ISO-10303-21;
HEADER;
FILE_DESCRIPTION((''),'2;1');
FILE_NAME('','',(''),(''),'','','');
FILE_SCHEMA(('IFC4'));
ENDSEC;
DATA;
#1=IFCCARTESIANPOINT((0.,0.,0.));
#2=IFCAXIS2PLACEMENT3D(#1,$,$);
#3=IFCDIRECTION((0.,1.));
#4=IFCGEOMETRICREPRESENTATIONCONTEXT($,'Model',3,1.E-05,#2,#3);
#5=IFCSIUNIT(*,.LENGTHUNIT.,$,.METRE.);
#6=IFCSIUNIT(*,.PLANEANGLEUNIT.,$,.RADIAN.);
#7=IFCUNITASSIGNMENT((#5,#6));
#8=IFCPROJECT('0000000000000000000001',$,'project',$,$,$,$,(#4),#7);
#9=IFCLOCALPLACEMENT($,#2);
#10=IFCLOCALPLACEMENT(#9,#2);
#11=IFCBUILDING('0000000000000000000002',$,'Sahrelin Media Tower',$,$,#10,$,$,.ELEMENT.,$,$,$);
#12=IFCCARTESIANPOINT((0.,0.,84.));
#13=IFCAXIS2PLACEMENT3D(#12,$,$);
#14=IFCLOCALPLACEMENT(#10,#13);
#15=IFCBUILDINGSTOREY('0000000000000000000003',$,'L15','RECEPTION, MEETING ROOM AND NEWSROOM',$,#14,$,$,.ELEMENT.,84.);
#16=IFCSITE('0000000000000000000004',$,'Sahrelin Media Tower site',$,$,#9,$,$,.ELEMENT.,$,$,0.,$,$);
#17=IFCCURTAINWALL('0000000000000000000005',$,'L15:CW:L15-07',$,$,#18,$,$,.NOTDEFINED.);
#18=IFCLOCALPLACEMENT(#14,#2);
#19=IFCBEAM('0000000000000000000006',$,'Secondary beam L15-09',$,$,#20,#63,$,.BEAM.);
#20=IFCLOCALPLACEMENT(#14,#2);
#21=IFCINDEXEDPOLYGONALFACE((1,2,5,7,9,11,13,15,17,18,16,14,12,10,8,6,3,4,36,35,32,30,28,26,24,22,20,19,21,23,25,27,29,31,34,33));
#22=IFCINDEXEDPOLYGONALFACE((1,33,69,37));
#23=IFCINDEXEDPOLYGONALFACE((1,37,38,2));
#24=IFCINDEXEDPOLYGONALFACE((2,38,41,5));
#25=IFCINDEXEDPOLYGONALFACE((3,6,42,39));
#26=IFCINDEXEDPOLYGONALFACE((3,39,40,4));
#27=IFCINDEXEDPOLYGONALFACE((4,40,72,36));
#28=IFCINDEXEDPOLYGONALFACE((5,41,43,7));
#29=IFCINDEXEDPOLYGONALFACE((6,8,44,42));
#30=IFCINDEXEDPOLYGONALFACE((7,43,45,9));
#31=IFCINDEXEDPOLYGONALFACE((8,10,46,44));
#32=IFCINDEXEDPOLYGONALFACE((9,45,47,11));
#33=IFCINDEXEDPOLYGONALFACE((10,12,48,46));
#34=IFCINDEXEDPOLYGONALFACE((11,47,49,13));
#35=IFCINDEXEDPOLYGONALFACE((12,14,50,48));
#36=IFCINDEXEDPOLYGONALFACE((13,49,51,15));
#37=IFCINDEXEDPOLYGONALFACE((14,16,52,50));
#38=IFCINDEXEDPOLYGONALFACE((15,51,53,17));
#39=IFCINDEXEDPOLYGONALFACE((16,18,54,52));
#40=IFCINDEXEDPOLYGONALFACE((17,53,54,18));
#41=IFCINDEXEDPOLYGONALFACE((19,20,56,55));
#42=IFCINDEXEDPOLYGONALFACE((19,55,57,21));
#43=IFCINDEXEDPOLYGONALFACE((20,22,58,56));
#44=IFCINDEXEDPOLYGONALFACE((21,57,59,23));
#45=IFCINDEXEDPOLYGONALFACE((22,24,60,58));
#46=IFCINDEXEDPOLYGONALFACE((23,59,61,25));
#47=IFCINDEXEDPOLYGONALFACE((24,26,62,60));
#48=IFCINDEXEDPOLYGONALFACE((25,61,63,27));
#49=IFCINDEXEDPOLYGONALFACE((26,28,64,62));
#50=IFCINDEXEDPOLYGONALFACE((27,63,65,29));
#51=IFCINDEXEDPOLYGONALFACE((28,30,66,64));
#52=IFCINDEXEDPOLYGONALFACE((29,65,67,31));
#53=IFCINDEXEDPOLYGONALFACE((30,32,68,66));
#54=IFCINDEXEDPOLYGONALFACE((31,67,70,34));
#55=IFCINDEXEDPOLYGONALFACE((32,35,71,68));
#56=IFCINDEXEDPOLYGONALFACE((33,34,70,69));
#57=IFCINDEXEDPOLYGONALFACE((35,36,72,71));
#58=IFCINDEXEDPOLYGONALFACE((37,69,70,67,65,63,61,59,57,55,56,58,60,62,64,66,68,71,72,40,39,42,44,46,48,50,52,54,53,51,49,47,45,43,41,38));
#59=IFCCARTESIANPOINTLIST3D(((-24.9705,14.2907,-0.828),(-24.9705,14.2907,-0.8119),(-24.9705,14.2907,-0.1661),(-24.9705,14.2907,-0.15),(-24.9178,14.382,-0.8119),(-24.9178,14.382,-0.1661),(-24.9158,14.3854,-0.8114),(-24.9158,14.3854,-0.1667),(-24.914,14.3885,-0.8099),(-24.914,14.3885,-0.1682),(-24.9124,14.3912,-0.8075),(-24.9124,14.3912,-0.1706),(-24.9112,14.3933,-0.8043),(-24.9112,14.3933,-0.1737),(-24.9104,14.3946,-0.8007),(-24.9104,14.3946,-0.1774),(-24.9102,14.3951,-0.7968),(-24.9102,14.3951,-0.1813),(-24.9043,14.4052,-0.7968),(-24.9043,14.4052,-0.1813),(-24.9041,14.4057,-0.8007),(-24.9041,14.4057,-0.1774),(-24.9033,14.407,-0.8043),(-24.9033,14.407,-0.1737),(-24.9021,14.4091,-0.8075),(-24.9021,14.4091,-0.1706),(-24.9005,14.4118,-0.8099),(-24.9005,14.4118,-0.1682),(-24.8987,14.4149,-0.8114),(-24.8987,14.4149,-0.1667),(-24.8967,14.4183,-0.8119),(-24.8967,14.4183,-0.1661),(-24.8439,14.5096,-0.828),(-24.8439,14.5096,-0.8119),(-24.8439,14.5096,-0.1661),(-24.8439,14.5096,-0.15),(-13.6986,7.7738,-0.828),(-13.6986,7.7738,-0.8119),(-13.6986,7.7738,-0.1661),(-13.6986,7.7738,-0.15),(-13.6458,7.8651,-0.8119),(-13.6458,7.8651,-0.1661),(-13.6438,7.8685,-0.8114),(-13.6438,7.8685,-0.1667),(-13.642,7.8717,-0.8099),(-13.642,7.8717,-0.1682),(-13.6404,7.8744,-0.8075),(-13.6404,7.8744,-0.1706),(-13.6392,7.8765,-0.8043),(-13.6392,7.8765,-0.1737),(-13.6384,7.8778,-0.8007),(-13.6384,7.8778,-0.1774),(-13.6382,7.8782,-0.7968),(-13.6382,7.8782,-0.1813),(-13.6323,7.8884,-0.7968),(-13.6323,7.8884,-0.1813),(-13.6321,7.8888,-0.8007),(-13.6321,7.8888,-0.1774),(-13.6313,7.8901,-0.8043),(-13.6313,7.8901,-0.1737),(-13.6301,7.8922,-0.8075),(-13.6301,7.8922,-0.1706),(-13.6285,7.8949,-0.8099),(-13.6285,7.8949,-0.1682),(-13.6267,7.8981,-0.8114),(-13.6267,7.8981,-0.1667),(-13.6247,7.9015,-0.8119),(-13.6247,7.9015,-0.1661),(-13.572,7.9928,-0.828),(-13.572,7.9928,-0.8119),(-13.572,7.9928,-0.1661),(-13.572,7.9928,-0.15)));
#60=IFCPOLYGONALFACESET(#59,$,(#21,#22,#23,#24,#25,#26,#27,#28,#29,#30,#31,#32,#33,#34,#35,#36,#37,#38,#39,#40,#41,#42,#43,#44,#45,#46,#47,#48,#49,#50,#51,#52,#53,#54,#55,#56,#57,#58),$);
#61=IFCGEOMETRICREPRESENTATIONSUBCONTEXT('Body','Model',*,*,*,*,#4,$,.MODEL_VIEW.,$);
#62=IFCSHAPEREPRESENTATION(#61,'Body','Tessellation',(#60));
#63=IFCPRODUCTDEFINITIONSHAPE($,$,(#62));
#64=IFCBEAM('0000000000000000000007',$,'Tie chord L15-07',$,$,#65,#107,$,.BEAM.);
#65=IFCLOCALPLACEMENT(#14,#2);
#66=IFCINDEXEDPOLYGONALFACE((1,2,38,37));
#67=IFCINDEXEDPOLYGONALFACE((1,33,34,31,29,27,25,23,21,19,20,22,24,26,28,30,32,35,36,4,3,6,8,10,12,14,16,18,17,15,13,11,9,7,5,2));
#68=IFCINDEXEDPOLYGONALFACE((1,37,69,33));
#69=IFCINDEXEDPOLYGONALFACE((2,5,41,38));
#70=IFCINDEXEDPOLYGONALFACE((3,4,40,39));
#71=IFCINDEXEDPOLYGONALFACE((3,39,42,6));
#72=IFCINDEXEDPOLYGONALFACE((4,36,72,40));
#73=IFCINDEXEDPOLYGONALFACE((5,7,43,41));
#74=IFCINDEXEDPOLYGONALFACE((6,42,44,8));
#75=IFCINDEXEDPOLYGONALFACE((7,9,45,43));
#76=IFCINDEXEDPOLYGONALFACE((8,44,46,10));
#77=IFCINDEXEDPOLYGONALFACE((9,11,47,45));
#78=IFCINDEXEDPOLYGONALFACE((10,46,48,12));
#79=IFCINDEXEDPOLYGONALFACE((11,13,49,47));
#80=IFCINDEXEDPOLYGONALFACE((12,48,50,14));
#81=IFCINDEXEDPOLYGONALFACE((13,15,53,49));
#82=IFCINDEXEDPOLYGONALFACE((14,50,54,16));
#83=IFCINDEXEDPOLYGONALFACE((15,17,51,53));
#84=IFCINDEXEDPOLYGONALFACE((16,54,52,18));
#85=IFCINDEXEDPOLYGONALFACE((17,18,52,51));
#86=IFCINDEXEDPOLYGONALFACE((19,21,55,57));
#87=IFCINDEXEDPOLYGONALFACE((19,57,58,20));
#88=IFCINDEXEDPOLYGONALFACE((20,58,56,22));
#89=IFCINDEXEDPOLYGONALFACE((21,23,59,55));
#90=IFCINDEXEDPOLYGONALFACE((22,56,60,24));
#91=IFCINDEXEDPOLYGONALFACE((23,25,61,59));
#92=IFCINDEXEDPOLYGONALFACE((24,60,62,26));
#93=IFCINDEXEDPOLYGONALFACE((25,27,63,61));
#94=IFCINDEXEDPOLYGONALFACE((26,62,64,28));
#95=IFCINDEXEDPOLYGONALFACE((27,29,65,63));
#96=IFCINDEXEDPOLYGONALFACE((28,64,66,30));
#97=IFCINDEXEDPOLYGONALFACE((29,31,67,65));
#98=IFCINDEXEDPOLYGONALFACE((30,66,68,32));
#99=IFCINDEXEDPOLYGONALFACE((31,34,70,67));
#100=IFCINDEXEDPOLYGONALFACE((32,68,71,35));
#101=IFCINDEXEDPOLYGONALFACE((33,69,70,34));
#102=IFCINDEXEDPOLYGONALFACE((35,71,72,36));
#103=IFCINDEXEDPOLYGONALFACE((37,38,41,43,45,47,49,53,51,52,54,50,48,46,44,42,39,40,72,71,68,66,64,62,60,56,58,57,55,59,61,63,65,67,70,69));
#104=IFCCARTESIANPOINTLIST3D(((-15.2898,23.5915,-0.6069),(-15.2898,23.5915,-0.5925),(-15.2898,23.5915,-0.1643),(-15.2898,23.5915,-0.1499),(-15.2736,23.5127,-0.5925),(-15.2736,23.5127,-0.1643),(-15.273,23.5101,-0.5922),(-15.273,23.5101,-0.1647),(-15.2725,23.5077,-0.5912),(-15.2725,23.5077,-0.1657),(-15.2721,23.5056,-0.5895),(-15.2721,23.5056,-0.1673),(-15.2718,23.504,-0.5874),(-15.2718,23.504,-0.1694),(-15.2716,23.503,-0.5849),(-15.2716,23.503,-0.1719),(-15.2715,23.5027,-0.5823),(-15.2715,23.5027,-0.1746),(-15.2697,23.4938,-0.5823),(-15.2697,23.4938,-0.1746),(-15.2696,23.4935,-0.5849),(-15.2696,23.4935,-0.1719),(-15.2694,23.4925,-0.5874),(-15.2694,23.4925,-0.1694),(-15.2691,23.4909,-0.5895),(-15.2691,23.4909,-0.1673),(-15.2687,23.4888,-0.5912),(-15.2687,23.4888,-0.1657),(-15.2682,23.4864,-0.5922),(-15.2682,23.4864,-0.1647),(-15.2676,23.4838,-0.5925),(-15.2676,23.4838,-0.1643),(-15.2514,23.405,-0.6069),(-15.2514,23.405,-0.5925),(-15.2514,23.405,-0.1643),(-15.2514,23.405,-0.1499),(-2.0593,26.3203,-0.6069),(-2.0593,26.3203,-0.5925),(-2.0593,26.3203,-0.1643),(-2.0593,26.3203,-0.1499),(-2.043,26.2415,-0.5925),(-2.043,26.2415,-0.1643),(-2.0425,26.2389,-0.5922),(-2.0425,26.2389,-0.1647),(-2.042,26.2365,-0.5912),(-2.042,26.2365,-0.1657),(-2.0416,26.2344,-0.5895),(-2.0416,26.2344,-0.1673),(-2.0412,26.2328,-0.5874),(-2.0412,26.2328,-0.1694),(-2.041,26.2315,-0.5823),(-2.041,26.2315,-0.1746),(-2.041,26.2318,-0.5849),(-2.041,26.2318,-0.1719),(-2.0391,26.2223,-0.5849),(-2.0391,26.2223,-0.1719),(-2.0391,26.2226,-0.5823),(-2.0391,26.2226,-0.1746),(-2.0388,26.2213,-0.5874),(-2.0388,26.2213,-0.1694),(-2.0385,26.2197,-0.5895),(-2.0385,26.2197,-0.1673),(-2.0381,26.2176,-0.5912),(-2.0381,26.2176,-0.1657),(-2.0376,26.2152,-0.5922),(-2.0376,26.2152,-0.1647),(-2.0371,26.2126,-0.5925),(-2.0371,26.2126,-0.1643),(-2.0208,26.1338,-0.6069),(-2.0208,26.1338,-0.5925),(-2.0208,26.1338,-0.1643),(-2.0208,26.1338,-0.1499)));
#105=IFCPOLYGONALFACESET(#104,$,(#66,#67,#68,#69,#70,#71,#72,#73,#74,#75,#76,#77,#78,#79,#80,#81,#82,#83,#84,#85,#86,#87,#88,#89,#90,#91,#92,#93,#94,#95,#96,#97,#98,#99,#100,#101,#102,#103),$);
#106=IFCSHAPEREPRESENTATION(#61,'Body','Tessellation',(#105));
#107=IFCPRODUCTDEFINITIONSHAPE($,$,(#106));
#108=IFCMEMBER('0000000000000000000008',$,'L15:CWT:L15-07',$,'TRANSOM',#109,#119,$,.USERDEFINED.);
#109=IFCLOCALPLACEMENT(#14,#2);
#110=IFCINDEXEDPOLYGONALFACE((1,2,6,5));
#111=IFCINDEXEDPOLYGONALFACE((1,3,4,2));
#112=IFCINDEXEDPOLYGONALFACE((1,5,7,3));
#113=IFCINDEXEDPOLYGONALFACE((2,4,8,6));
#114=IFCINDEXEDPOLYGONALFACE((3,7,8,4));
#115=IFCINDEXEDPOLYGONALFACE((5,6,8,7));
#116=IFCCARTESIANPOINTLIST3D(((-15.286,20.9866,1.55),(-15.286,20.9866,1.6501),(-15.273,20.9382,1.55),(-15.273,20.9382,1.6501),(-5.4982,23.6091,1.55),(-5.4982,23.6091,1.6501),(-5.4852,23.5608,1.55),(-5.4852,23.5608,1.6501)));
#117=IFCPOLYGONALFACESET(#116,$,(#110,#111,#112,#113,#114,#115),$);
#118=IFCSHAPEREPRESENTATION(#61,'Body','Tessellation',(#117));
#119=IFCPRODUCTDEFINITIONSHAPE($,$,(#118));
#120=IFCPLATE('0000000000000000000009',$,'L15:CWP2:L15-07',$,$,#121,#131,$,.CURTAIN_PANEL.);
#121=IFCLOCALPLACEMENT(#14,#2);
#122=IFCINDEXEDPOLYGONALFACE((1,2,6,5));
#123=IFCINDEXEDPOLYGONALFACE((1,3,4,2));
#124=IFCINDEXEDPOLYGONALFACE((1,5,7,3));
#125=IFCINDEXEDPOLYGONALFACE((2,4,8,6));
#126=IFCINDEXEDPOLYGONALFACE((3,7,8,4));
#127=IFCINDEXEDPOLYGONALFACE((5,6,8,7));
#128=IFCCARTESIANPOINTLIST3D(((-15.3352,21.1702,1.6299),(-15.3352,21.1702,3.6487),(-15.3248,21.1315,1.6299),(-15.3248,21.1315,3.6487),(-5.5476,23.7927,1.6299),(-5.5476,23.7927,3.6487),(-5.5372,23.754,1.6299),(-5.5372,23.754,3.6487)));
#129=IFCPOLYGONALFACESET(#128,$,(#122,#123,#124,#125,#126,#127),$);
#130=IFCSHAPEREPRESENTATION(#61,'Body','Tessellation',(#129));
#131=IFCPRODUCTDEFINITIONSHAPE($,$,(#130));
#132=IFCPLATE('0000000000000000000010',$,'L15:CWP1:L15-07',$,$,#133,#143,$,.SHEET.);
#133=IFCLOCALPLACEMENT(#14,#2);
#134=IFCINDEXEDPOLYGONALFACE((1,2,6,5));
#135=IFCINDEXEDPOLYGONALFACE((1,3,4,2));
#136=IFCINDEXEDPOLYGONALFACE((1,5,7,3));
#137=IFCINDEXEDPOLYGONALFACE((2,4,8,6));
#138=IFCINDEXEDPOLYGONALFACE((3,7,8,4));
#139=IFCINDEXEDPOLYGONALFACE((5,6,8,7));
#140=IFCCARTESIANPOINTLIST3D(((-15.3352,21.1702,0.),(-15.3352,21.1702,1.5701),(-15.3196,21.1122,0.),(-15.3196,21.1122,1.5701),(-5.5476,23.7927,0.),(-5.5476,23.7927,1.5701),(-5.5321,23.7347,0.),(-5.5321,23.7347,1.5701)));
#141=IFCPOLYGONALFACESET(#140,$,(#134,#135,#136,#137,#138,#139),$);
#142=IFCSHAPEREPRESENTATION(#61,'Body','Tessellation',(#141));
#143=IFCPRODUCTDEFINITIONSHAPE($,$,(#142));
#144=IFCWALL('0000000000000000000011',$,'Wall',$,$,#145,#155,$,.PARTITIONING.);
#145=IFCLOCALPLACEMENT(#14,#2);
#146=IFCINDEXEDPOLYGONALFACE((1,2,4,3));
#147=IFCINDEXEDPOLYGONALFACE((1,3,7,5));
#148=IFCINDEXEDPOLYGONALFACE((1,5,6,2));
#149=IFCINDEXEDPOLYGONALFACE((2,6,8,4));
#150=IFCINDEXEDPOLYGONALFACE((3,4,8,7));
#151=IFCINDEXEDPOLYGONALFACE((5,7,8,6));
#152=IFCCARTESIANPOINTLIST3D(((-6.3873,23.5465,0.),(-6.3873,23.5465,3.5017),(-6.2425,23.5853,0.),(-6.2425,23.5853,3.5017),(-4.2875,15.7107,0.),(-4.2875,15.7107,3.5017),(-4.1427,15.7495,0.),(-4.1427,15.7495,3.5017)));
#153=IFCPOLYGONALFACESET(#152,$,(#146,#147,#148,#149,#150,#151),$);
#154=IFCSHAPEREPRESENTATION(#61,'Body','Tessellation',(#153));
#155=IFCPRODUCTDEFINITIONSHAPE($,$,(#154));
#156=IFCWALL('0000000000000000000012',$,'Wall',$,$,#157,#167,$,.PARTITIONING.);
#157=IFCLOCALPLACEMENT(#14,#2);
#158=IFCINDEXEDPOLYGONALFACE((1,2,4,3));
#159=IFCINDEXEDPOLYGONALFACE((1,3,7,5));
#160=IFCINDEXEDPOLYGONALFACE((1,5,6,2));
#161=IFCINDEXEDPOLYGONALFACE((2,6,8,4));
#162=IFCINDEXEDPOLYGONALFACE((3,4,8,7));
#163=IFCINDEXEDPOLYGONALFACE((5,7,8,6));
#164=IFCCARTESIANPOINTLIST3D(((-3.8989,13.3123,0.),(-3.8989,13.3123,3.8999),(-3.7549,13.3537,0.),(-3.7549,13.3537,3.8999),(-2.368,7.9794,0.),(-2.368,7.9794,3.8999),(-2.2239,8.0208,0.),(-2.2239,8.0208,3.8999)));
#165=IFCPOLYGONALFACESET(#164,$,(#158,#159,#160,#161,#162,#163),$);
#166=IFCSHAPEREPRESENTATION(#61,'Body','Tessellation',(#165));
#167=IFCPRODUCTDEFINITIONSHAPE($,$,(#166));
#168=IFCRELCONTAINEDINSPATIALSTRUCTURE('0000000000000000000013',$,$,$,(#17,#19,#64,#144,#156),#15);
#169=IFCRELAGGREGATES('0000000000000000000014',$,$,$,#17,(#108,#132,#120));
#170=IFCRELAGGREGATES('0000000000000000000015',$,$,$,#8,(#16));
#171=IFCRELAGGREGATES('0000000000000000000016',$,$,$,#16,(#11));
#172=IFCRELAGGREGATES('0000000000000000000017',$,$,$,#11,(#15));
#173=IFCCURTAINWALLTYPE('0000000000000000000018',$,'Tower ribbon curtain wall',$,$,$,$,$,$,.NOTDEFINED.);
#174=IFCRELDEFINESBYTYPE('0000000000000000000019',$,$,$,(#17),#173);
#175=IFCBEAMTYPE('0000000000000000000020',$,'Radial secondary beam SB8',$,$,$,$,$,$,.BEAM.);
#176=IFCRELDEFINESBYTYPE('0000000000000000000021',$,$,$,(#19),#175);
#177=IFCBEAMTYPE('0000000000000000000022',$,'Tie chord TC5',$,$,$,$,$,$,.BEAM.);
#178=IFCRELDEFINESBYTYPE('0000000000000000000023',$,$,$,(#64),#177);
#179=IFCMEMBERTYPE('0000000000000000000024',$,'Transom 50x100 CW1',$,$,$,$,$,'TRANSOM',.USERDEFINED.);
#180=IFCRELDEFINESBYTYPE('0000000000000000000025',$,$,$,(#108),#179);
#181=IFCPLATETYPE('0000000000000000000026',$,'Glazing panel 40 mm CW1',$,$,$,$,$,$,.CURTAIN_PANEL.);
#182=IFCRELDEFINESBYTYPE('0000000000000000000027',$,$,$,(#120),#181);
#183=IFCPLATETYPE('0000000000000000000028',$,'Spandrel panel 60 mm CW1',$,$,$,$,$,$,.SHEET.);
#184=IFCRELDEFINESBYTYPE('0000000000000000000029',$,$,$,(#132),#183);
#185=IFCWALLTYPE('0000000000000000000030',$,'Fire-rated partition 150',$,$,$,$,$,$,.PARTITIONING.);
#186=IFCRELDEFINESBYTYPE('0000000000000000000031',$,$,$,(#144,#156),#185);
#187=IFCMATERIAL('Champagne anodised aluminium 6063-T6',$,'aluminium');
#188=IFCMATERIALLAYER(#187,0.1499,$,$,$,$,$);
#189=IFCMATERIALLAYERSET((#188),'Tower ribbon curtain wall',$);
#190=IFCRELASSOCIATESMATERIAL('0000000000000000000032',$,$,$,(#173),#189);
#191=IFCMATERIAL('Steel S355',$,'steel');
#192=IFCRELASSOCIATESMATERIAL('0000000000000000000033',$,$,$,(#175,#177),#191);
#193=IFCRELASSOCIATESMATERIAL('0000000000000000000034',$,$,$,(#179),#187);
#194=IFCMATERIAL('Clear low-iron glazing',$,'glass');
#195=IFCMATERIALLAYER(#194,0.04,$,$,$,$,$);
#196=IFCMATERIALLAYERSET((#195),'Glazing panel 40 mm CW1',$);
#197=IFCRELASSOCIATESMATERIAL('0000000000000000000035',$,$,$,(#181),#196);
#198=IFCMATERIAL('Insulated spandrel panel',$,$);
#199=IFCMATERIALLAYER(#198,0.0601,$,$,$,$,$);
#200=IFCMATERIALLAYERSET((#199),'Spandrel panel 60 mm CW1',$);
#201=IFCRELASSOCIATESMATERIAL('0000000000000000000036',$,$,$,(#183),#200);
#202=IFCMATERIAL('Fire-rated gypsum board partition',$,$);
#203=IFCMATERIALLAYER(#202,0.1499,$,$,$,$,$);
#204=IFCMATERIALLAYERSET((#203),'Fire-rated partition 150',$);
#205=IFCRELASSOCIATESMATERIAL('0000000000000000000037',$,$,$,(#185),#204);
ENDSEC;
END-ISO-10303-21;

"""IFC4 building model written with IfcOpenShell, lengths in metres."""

from ifc_helpers import new_model, si_unit, direction, frame, frame_2d, origin, origin_2d, place, context, subcontext, project, spatial, polyline, rectangle, i_section, outline, extrude, material, layer, layer_set, material_profile, profile_set, type_object, element, aggregate, save


model = new_model("IFC4")

# Units and contexts
model_context = context("Model", 3, precision=1e-05, world=origin(), true_north=direction((0.0, 1.0)))
body_context = subcontext(model_context, "Body", "Model", "MODEL_VIEW")
ifc_project = project(units=[si_unit("LENGTHUNIT", "METRE"), si_unit("PLANEANGLEUNIT", "RADIAN")], contexts=[model_context])

# Site, building, storey
site_placement = place(None, origin())
site = spatial("IfcSite", under=ifc_project, at=site_placement, Name="Sahrelin Media Tower site", CompositionType="ELEMENT", RefElevation=0.0)
building_placement = place(site_placement, origin())
building = spatial("IfcBuilding", under=site, at=building_placement, Name="Sahrelin Media Tower", CompositionType="ELEMENT")
storey_placement = place(building_placement, frame((0.0, 0.0, 84.0)))
storey = spatial("IfcBuildingStorey", under=building, at=storey_placement, Name="L15", Description="RECEPTION, MEETING ROOM AND NEWSROOM", CompositionType="ELEMENT", Elevation=84.0)

# Shared definitions
ifc_material_1 = material(Name="Steel S355", Category="steel")

# Curtain wall
ifc_material_2 = material(Name="Champagne anodised aluminium 6063-T6", Category="aluminium")
ifc_layer_1 = layer(ifc_material_2, 0.1499)
ifc_layer_set_1 = layer_set([ifc_layer_1], Name="Tower ribbon curtain wall")
curtain_wall_type = type_object("IfcCurtainWallType", Name="Tower ribbon curtain wall", PredefinedType="NOTDEFINED", material=ifc_layer_set_1)
curtain_wall_placement = place(storey_placement, frame((-10.4363, 22.4619, 0.0), z_axis=(0.0, 0.0, 1.0), x_axis=(1.0, 0.0, 0.0)))
curtain_wall = element("IfcCurtainWall", 1, at=curtain_wall_placement, inside=storey, type_object=curtain_wall_type, Name="L15:CW:L15-07", PredefinedType="NOTDEFINED")

# Beams
ifc_material_profile_1 = material_profile(ifc_material_1, i_section(OverallWidth=0.2529, OverallDepth=0.678, WebThickness=0.0117, FlangeThickness=0.0161, FilletRadius=0.0151, at=origin_2d()), Name="UB 686x254x125")
ifc_profile_set_1 = profile_set([ifc_material_profile_1], Name="Steel S355")
beam_type_1 = type_object("IfcBeamType", Name="Radial secondary beam SB8", PredefinedType="BEAM", material=ifc_profile_set_1)
beam_1_placement = place(storey_placement, frame((-13.6353, 7.8833, -0.489), z_axis=(-0.865727, 0.500517, 0.0), x_axis=(-0.500517, -0.865727, 0.0)))
element("IfcBeam", 2, at=beam_1_placement, inside=storey, type_object=beam_type_1, Name="Secondary beam L15-09", PredefinedType="BEAM", context=body_context, shape_type="SweptSolid", body=[
    extrude(i_section(OverallWidth=0.2529, OverallDepth=0.678, WebThickness=0.0117, FlangeThickness=0.0161, FilletRadius=0.0151, at=origin_2d()), origin(), (0.0, 0.0, 1.0), 13.0203),
])
ifc_material_profile_2 = material_profile(ifc_material_1, i_section(OverallWidth=0.1904, OverallDepth=0.457, WebThickness=0.009, FlangeThickness=0.0144, FilletRadius=0.0103, at=origin_2d()), Name="UB 457x191x74")
ifc_profile_set_2 = profile_set([ifc_material_profile_2], Name="Steel S355")
beam_type_2 = type_object("IfcBeamType", Name="Tie chord TC5", PredefinedType="BEAM", material=ifc_profile_set_2)
beam_2_placement = place(storey_placement, frame((-2.04, 26.2271, -0.3784), z_axis=(-0.979386, -0.201997, 0.0), x_axis=(0.201997, -0.979386, 0.0)))
element("IfcBeam", 3, at=beam_2_placement, inside=storey, type_object=beam_type_2, Name="Tie chord L15-07", PredefinedType="BEAM", context=body_context, shape_type="SweptSolid", body=[
    extrude(i_section(OverallWidth=0.1904, OverallDepth=0.457, WebThickness=0.009, FlangeThickness=0.0144, FilletRadius=0.0103, at=origin_2d()), origin(), (0.0, 0.0, 1.0), 13.509),
])

# Member
ifc_material_profile_3 = material_profile(ifc_material_2, rectangle(XDim=0.05, YDim=0.1001, at=origin_2d()), Name="Transom 50x100")
ifc_profile_set_3 = profile_set([ifc_material_profile_3], Name="Champagne anodised aluminium 6063-T6")
member_type_1 = type_object("IfcMemberType", Name="Transom 50x100 CW1", ElementType="TRANSOM", PredefinedType="USERDEFINED", material=ifc_profile_set_3)
member_1_placement = place(storey_placement, frame((-5.4917, 23.585, 1.6001), z_axis=(-0.965928, -0.258811, 0.0), x_axis=(0.258811, -0.965928, 0.0)))
member_1 = element("IfcMember", 4, at=member_1_placement, type_object=member_type_1, Name="L15:CWT:L15-07", ObjectType="TRANSOM", PredefinedType="USERDEFINED", context=body_context, shape_type="SweptSolid", body=[
    extrude(rectangle(XDim=0.05, YDim=0.1001, at=origin_2d()), origin(), (0.0, 0.0, 1.0), 10.1331),
])

# Plates
ifc_material_3 = material(Name="Clear low-iron glazing", Category="glass")
ifc_layer_2 = layer(ifc_material_3, 0.04)
ifc_layer_set_2 = layer_set([ifc_layer_2], Name="Glazing panel 40 mm CW1")
plate_type_1 = type_object("IfcPlateType", Name="Glazing panel 40 mm CW1", PredefinedType="CURTAIN_PANEL", material=ifc_layer_set_2)
plate_1_placement = place(storey_placement, frame((-5.5476, 23.7927, 1.6299), z_axis=(-0.258817, 0.965926, 0.0), x_axis=(-0.965926, -0.258817, 0.0)))
plate_1 = element("IfcPlate", 5, at=plate_1_placement, type_object=plate_type_1, Name="L15:CWP2:L15-07", PredefinedType="CURTAIN_PANEL", context=body_context, shape_type="SweptSolid", body=[
    extrude(outline(polyline([(0.0, 0.0), (10.1328, 0.0), (10.1328, 2.0188), (0.0, 2.0188), (0.0, 0.0)])), origin(), (0.0, 0.0, -1.0), 0.04),
])
ifc_material_4 = material(Name="Insulated spandrel panel")
ifc_layer_3 = layer(ifc_material_4, 0.0601)
ifc_layer_set_3 = layer_set([ifc_layer_3], Name="Spandrel panel 60 mm CW1")
plate_type_2 = type_object("IfcPlateType", Name="Spandrel panel 60 mm CW1", PredefinedType="SHEET", material=ifc_layer_set_3)
plate_2_placement = place(storey_placement, frame((-5.5476, 23.7927, 0.0), z_axis=(-0.258817, 0.965926, 0.0), x_axis=(-0.965926, -0.258817, 0.0)))
plate_2 = element("IfcPlate", 6, at=plate_2_placement, type_object=plate_type_2, Name="L15:CWP1:L15-07", PredefinedType="SHEET", context=body_context, shape_type="SweptSolid", body=[
    extrude(outline(polyline([(0.0, 0.0), (10.1328, 0.0), (10.1328, 1.5701), (0.0, 1.5701), (0.0, 0.0)])), origin(), (0.0, 0.0, -1.0), 0.0601),
])
aggregate(curtain_wall, [member_1, plate_2, plate_1])

# Walls
ifc_material_5 = material(Name="Fire-rated gypsum board partition")
ifc_layer_4 = layer(ifc_material_5, 0.1499)
ifc_layer_set_4 = layer_set([ifc_layer_4], Name="Fire-rated partition 150")
wall_type_1 = type_object("IfcWallType", Name="Fire-rated partition 150", PredefinedType="PARTITIONING", material=ifc_layer_set_4)
wall_1_placement = place(storey_placement, frame((-6.3149, 23.5659, 0.0), z_axis=(0.0, 0.0, 1.0), x_axis=(0.258844, -0.965919, 0.0)))
element("IfcWall", 7, at=wall_1_placement, inside=storey, type_object=wall_type_1, Name="Wall", PredefinedType="PARTITIONING", context=body_context, shape_type="SweptSolid", body=[
    extrude(rectangle(XDim=8.1123, YDim=0.1499, at=frame_2d((4.0562, 0.0))), origin(), (0.0, 0.0, 1.0), 3.5017),
])
wall_2_placement = place(storey_placement, frame((-3.8269, 13.333, 0.0), z_axis=(0.0, 0.0, 1.0), x_axis=(0.275936, -0.961176, 0.0)))
element("IfcWall", 8, at=wall_2_placement, inside=storey, type_object=wall_type_1, Name="Wall", PredefinedType="PARTITIONING", context=body_context, shape_type="SweptSolid", body=[
    extrude(rectangle(XDim=5.5483, YDim=0.1499, at=frame_2d((2.7742, 0.0))), origin(), (0.0, 0.0, 1.0), 3.8999),
])

save(model, "model.ifc")
